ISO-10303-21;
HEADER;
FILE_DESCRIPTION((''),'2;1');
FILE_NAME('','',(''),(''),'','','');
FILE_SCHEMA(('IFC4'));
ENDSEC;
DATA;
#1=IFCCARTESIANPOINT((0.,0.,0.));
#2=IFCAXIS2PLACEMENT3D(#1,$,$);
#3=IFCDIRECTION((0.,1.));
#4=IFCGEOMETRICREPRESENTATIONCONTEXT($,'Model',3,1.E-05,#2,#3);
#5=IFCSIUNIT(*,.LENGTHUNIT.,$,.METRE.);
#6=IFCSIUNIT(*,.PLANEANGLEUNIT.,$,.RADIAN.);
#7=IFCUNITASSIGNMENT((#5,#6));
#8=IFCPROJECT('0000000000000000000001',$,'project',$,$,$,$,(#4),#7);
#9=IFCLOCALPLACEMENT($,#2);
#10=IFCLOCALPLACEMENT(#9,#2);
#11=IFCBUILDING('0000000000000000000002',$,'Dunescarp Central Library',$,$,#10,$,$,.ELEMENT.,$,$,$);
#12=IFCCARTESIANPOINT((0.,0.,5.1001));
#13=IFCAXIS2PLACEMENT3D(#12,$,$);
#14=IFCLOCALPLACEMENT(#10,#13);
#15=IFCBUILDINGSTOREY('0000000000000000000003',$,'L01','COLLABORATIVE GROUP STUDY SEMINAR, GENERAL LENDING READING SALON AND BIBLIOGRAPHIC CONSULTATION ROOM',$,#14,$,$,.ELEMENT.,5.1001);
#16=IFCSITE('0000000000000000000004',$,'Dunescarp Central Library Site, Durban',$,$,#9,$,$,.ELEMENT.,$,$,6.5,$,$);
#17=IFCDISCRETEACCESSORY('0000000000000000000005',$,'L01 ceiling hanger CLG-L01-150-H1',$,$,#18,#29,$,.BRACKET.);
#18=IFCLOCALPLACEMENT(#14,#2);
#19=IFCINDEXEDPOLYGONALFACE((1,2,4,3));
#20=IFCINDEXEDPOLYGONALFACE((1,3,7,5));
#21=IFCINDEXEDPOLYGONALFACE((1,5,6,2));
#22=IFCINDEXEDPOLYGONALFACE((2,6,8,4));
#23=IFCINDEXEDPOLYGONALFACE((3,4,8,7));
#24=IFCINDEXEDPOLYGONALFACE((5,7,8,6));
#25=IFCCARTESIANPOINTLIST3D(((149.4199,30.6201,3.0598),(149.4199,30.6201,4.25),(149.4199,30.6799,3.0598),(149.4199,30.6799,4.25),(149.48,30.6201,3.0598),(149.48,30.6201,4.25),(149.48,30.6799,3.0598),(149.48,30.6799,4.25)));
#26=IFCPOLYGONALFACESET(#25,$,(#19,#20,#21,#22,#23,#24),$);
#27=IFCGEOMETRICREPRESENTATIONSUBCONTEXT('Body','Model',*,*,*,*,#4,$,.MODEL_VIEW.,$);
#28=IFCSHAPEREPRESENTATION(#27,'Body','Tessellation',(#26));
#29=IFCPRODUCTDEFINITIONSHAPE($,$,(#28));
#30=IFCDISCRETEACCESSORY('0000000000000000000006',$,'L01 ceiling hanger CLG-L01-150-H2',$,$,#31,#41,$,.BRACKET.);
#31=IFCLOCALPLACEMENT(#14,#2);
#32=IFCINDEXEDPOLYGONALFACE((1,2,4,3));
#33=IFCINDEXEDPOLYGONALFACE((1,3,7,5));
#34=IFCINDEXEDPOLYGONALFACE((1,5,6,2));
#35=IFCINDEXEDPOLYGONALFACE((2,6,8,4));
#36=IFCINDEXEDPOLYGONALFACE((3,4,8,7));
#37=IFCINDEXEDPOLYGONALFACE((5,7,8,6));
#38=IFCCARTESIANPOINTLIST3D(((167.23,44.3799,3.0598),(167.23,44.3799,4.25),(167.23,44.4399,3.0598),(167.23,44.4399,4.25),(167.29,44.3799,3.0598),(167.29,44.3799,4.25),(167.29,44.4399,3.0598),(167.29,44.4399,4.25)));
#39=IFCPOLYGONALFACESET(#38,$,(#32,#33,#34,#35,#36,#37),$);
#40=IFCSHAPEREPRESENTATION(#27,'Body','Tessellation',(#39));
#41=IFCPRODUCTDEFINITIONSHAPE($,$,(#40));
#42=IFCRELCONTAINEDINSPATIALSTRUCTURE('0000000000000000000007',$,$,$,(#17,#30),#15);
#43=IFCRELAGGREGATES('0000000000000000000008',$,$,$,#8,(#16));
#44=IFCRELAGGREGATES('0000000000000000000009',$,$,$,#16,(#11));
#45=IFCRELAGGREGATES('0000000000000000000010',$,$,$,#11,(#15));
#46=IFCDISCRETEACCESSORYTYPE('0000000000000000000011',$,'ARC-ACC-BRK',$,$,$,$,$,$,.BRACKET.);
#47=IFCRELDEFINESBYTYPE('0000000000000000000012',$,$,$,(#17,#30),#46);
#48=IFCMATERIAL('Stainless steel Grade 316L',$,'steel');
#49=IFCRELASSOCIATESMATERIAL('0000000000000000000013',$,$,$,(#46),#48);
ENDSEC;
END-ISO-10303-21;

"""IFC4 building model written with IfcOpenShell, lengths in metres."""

from ifc_helpers import new_model, si_unit, direction, frame, origin, place, context, subcontext, project, spatial, polyline, outline, extrude, material, type_object, element, save


model = new_model("IFC4")

# Units and contexts
model_context = context("Model", 3, precision=1e-05, world=origin(), true_north=direction((0.0, 1.0)))
body_context = subcontext(model_context, "Body", "Model", "MODEL_VIEW")
ifc_project = project(units=[si_unit("LENGTHUNIT", "METRE"), si_unit("PLANEANGLEUNIT", "RADIAN")], contexts=[model_context])

# Site, building, storey
site_placement = place(None, origin())
site = spatial("IfcSite", under=ifc_project, at=site_placement, Name="Dunescarp Central Library Site, Durban", CompositionType="ELEMENT", RefElevation=6.5)
building_placement = place(site_placement, origin())
building = spatial("IfcBuilding", under=site, at=building_placement, Name="Dunescarp Central Library", CompositionType="ELEMENT")
storey_placement = place(building_placement, frame((0.0, 0.0, 5.1001)))
storey = spatial("IfcBuildingStorey", under=building, at=storey_placement, Name="L01", Description="COLLABORATIVE GROUP STUDY SEMINAR, GENERAL LENDING READING SALON AND BIBLIOGRAPHIC CONSULTATION ROOM", CompositionType="ELEMENT", Elevation=5.1001)

# Discrete accessories
ifc_material_1 = material(Name="Stainless steel Grade 316L", Category="steel")
discrete_accessory_type = type_object("IfcDiscreteAccessoryType", Name="ARC-ACC-BRK", PredefinedType="BRACKET", material=ifc_material_1)
discrete_accessory_1_placement = place(storey_placement, frame((0.0, 0.0, 3.0598)))
element("IfcDiscreteAccessory", 1, at=discrete_accessory_1_placement, inside=storey, type_object=discrete_accessory_type, Name="L01 ceiling hanger CLG-L01-150-H1", PredefinedType="BRACKET", context=body_context, shape_type="SweptSolid", body=[
    extrude(outline(polyline([(149.4199, 30.6201), (149.48, 30.6201), (149.48, 30.6799), (149.4199, 30.6799), (149.4199, 30.6201)])), origin(), (0.0, 0.0, 1.0), 1.1902),
])
discrete_accessory_2_placement = place(storey_placement, frame((0.0, 0.0, 3.0598)))
element("IfcDiscreteAccessory", 2, at=discrete_accessory_2_placement, inside=storey, type_object=discrete_accessory_type, Name="L01 ceiling hanger CLG-L01-150-H2", PredefinedType="BRACKET", context=body_context, shape_type="SweptSolid", body=[
    extrude(outline(polyline([(167.23, 44.3799), (167.29, 44.3799), (167.29, 44.4399), (167.23, 44.4399), (167.23, 44.3799)])), origin(), (0.0, 0.0, 1.0), 1.1902),
])

save(model, "model.ifc")
